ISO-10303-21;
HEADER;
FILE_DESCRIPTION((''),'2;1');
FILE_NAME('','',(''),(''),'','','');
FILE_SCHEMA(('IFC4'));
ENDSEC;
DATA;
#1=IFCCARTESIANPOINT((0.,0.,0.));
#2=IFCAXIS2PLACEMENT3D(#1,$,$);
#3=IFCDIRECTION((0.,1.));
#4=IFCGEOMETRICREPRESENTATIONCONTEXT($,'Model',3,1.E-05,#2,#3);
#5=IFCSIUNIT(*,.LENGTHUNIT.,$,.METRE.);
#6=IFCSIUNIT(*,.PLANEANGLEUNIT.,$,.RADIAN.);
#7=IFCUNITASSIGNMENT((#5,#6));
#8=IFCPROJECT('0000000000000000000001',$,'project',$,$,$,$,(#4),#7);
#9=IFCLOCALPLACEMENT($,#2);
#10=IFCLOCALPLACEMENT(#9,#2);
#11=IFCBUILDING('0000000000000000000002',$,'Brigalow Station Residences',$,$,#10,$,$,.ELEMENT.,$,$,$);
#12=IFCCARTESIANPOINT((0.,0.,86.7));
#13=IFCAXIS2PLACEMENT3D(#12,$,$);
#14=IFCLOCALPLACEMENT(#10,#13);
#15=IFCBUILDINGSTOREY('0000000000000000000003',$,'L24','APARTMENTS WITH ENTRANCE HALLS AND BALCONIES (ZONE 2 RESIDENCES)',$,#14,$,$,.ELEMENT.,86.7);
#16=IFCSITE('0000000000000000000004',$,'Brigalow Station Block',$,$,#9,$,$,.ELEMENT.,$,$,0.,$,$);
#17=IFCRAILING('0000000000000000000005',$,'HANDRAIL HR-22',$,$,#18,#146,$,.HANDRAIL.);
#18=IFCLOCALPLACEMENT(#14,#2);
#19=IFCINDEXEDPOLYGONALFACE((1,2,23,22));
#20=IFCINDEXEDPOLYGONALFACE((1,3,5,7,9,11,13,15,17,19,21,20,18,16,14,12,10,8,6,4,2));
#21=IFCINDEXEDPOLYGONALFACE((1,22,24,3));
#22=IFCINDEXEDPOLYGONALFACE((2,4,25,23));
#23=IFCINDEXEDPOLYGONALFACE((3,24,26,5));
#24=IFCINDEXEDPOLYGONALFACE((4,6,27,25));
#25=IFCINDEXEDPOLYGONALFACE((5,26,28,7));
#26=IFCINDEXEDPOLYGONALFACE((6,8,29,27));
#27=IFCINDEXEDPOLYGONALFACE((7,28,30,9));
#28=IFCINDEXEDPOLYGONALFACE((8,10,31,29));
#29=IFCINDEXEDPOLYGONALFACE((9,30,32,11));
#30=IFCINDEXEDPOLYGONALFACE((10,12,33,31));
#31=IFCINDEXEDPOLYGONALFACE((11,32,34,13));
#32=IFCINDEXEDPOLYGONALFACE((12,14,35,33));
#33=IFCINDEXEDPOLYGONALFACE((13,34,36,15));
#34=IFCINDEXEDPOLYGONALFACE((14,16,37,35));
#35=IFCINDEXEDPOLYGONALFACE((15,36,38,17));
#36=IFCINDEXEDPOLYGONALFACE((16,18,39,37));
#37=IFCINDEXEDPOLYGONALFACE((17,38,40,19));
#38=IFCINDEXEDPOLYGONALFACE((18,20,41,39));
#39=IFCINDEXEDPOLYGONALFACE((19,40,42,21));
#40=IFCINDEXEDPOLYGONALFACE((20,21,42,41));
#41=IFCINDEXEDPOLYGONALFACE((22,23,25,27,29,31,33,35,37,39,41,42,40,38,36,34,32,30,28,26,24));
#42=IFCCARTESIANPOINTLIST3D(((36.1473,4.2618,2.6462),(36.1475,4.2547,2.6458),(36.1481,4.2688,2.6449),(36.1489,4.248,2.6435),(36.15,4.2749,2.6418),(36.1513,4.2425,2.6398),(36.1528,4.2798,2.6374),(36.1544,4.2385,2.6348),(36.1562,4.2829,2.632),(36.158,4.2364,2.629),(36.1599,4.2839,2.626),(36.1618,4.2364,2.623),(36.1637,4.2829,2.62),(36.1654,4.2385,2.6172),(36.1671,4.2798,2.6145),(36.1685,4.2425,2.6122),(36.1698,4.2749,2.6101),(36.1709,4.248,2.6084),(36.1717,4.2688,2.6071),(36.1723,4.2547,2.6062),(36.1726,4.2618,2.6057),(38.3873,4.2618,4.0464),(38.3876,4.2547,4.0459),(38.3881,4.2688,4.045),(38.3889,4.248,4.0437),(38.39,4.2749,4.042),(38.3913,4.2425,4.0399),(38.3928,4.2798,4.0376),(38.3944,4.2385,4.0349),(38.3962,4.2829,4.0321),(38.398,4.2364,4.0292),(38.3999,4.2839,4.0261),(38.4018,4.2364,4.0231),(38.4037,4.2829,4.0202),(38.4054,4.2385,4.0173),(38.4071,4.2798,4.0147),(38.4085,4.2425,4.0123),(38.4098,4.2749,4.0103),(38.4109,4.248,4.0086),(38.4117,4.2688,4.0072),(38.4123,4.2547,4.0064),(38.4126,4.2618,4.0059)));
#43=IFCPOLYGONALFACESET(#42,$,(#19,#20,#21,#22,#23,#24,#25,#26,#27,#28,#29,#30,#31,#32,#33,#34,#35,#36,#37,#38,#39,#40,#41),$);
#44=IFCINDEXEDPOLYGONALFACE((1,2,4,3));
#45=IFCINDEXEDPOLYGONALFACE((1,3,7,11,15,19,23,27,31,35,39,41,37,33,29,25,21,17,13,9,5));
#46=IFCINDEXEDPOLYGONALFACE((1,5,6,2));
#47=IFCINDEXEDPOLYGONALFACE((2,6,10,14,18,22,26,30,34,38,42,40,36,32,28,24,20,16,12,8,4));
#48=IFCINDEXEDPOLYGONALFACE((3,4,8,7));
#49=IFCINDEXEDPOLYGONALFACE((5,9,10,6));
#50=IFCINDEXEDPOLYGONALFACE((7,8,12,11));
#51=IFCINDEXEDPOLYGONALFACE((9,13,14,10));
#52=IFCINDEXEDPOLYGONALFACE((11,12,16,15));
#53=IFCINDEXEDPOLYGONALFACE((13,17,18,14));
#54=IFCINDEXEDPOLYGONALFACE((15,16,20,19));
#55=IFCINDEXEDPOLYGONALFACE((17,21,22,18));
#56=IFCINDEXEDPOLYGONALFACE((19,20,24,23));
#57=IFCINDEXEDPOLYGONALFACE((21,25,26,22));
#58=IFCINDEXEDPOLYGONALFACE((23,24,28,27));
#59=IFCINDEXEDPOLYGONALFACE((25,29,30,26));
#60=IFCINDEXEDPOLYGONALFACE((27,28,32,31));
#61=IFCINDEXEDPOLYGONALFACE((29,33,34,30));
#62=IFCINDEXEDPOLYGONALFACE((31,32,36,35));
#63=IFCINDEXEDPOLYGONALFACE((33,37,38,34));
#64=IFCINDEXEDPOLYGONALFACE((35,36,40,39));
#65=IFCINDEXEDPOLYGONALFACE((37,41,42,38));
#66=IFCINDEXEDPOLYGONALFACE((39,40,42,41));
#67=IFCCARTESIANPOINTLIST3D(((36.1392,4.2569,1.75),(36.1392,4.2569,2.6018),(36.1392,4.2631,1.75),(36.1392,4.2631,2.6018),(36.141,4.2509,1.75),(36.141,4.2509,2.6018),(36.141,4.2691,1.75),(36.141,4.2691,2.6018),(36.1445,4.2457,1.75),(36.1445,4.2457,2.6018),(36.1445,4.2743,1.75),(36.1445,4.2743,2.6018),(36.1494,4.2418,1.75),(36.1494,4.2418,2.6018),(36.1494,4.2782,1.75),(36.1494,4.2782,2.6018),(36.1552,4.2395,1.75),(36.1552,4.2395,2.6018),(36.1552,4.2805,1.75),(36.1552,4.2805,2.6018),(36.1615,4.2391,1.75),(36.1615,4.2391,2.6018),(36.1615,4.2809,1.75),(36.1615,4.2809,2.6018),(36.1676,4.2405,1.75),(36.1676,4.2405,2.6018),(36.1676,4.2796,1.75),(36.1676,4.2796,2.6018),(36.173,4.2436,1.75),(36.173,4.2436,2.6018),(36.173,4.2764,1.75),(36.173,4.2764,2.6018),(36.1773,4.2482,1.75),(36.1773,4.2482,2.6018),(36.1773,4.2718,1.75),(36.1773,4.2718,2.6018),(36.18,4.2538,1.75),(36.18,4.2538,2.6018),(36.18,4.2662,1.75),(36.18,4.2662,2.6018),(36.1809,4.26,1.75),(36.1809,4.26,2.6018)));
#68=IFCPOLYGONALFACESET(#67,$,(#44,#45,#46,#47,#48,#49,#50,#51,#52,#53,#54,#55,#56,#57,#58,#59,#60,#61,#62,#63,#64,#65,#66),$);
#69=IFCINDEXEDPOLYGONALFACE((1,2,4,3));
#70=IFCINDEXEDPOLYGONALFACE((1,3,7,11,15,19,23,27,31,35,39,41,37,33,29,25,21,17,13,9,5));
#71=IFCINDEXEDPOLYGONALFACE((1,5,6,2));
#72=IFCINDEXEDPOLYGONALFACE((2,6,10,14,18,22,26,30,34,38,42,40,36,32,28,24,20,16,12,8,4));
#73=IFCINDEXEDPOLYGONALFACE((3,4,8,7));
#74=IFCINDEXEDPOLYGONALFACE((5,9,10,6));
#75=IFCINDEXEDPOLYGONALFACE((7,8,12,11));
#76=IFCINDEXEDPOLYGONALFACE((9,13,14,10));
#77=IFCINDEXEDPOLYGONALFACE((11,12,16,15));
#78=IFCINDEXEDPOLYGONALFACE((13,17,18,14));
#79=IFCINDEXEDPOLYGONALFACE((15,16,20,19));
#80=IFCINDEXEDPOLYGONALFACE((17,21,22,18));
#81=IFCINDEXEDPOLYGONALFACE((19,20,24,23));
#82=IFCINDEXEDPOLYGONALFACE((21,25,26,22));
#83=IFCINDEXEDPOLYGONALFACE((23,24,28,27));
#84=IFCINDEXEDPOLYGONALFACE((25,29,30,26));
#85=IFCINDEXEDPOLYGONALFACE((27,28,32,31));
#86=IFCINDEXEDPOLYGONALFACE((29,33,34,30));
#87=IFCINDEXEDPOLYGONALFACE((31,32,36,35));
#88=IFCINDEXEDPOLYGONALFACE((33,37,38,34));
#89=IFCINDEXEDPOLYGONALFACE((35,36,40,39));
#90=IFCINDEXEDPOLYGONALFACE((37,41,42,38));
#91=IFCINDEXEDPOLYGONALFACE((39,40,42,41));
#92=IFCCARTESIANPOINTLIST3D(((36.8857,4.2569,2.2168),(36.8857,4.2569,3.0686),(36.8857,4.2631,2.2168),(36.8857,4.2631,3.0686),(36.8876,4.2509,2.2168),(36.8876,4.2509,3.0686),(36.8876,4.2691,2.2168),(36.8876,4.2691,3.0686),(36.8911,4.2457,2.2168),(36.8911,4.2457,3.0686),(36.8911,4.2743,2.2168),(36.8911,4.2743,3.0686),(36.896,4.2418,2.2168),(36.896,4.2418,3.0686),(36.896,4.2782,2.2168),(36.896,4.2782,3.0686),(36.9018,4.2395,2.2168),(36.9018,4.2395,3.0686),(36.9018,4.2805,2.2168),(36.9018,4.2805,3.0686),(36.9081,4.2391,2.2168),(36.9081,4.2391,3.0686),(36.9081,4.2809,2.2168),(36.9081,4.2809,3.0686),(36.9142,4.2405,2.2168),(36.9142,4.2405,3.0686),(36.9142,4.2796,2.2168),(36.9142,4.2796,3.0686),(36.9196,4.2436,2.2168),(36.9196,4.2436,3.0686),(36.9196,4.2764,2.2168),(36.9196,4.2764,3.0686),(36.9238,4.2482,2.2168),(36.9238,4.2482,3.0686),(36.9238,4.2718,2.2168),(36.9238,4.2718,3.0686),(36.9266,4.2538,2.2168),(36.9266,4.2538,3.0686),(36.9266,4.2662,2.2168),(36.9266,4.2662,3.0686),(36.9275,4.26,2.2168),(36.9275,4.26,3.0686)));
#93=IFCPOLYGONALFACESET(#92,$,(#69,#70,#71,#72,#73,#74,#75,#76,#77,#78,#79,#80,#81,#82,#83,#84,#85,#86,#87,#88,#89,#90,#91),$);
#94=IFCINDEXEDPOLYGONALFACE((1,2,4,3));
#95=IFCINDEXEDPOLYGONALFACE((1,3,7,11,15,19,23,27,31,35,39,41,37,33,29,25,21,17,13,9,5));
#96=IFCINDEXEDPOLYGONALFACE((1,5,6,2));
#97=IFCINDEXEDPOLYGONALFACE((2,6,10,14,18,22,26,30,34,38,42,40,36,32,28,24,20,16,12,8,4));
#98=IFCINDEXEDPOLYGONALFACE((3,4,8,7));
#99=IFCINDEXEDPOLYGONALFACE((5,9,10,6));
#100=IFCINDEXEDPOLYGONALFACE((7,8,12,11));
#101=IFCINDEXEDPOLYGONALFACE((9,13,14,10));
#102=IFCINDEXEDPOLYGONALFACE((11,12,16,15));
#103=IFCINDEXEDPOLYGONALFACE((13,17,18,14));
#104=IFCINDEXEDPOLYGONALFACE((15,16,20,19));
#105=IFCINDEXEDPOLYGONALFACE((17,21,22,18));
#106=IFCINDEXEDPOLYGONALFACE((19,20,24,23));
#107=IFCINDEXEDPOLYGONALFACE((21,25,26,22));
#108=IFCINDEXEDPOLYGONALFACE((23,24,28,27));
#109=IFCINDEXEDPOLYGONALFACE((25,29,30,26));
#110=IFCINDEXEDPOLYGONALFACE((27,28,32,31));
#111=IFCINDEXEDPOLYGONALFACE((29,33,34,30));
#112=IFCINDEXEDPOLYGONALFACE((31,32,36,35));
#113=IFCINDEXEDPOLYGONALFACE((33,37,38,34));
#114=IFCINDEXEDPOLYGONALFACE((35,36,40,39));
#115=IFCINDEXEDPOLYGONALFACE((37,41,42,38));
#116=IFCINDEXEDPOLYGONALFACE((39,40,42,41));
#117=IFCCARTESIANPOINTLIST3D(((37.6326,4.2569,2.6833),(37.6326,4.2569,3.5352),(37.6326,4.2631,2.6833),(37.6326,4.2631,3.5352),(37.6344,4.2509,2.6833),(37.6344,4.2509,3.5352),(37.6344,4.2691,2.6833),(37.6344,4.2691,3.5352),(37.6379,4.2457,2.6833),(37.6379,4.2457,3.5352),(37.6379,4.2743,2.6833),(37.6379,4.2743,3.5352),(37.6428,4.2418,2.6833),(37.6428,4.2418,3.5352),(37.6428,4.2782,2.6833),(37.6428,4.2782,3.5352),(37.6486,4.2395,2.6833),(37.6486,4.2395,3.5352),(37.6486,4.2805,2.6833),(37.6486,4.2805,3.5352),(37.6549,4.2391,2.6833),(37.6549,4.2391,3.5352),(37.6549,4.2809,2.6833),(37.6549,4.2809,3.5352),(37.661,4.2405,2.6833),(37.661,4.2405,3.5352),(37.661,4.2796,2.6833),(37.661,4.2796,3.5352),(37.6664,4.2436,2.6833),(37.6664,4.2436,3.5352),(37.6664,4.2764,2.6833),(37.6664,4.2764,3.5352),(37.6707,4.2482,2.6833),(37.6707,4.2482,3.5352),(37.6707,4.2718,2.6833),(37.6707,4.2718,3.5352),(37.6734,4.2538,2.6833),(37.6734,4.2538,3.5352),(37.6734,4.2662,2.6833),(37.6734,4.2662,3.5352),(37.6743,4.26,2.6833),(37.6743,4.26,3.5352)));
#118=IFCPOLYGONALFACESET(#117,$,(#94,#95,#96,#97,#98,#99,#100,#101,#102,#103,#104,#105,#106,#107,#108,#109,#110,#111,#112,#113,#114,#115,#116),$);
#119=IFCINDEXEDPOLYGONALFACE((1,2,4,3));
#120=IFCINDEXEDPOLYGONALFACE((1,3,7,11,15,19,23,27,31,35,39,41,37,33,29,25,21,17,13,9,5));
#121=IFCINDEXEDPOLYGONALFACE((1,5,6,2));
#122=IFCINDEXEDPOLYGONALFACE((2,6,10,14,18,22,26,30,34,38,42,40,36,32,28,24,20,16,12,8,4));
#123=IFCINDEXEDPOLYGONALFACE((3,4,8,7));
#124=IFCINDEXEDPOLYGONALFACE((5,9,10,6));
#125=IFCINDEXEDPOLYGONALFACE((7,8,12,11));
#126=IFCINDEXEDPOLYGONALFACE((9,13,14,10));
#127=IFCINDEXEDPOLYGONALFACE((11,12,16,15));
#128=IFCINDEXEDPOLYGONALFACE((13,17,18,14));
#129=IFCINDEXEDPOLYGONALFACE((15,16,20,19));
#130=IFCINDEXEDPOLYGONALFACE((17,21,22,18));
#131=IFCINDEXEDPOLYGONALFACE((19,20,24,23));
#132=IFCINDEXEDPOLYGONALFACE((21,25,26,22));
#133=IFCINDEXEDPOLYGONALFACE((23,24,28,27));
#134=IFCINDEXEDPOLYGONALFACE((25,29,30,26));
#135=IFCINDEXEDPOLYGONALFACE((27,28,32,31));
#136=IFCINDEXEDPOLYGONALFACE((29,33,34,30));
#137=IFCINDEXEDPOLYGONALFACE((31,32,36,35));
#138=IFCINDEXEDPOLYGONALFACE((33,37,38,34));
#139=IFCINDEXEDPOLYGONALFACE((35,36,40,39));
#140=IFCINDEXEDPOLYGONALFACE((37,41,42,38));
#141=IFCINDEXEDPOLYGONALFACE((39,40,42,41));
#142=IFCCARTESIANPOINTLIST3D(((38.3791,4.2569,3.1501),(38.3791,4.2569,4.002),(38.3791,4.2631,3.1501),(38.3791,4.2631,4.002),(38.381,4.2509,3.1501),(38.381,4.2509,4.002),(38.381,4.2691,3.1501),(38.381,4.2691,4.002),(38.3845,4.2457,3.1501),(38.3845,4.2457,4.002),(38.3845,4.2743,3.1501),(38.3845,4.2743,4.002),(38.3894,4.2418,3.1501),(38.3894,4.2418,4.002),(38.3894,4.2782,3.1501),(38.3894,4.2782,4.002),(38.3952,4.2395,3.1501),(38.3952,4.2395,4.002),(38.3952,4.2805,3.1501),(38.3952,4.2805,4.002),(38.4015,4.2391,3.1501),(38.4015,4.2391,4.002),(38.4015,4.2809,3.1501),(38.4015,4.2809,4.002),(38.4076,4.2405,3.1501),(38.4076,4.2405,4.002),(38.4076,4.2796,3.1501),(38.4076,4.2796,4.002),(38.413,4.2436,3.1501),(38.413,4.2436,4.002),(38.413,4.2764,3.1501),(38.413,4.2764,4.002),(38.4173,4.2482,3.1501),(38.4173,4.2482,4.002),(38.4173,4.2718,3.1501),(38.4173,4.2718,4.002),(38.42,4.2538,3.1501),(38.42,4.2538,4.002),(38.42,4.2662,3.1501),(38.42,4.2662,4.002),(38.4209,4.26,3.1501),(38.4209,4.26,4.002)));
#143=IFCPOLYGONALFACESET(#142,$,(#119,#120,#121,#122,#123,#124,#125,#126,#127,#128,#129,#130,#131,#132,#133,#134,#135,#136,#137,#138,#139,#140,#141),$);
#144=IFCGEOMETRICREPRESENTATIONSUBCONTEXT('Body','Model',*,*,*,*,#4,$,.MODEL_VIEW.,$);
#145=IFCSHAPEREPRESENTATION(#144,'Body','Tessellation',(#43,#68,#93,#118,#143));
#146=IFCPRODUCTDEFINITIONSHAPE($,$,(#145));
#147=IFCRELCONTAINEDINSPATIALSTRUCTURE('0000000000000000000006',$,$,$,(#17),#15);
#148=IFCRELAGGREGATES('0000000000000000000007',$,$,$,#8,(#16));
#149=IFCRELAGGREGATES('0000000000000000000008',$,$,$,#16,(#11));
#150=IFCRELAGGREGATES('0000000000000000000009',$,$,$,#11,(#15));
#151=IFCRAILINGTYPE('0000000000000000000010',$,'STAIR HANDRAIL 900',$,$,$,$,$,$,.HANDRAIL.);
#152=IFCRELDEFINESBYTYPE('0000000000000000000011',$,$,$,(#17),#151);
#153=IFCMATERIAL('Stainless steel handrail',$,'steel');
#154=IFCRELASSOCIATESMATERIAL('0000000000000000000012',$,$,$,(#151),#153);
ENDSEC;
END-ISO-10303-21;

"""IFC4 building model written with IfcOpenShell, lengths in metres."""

from ifc_helpers import new_model, si_unit, direction, frame, origin, origin_2d, place, context, subcontext, project, spatial, circle, extrude, material, type_object, element, save


model = new_model("IFC4")

# Units and contexts
model_context = context("Model", 3, precision=1e-05, world=origin(), true_north=direction((0.0, 1.0)))
body_context = subcontext(model_context, "Body", "Model", "MODEL_VIEW")
ifc_project = project(units=[si_unit("LENGTHUNIT", "METRE"), si_unit("PLANEANGLEUNIT", "RADIAN")], contexts=[model_context])

# Site, building, storey
site_placement = place(None, origin())
site = spatial("IfcSite", under=ifc_project, at=site_placement, Name="Brigalow Station Block", CompositionType="ELEMENT", RefElevation=0.0)
building_placement = place(site_placement, origin())
building = spatial("IfcBuilding", under=site, at=building_placement, Name="Brigalow Station Residences", CompositionType="ELEMENT")
storey_placement = place(building_placement, frame((0.0, 0.0, 86.7)))
storey = spatial("IfcBuildingStorey", under=building, at=storey_placement, Name="L24", Description="APARTMENTS WITH ENTRANCE HALLS AND BALCONIES (ZONE 2 RESIDENCES)", CompositionType="ELEMENT", Elevation=86.7)

# Railing
ifc_material_1 = material(Name="Stainless steel handrail", Category="steel")
railing_type = type_object("IfcRailingType", Name="STAIR HANDRAIL 900", PredefinedType="HANDRAIL", material=ifc_material_1)
railing_placement = place(storey_placement, frame((36.1599, 4.26, 1.75)))
element("IfcRailing", 1, at=railing_placement, inside=storey, type_object=railing_type, Name="HANDRAIL HR-22", PredefinedType="HANDRAIL", context=body_context, shape_type="SweptSolid", body=[
    extrude(circle(Radius=0.0239, at=origin_2d()), frame((0.0, 0.0, 0.876), z_axis=(0.847972, 0.0, 0.53004), x_axis=(0.0, 1.0, 0.0)), (0.0, 0.0, 1.0), 2.6416),
    extrude(circle(Radius=0.021, at=origin_2d()), origin(), (0.0, 0.0, 1.0), 0.8518),
    extrude(circle(Radius=0.021, at=origin_2d()), frame((0.7466, 0.0, 0.4668)), (0.0, 0.0, 1.0), 0.8518),
    extrude(circle(Radius=0.021, at=origin_2d()), frame((1.4934, 0.0, 0.9333)), (0.0, 0.0, 1.0), 0.8518),
    extrude(circle(Radius=0.021, at=origin_2d()), frame((2.24, 0.0, 1.4001)), (0.0, 0.0, 1.0), 0.8518),
])

save(model, "model.ifc")
